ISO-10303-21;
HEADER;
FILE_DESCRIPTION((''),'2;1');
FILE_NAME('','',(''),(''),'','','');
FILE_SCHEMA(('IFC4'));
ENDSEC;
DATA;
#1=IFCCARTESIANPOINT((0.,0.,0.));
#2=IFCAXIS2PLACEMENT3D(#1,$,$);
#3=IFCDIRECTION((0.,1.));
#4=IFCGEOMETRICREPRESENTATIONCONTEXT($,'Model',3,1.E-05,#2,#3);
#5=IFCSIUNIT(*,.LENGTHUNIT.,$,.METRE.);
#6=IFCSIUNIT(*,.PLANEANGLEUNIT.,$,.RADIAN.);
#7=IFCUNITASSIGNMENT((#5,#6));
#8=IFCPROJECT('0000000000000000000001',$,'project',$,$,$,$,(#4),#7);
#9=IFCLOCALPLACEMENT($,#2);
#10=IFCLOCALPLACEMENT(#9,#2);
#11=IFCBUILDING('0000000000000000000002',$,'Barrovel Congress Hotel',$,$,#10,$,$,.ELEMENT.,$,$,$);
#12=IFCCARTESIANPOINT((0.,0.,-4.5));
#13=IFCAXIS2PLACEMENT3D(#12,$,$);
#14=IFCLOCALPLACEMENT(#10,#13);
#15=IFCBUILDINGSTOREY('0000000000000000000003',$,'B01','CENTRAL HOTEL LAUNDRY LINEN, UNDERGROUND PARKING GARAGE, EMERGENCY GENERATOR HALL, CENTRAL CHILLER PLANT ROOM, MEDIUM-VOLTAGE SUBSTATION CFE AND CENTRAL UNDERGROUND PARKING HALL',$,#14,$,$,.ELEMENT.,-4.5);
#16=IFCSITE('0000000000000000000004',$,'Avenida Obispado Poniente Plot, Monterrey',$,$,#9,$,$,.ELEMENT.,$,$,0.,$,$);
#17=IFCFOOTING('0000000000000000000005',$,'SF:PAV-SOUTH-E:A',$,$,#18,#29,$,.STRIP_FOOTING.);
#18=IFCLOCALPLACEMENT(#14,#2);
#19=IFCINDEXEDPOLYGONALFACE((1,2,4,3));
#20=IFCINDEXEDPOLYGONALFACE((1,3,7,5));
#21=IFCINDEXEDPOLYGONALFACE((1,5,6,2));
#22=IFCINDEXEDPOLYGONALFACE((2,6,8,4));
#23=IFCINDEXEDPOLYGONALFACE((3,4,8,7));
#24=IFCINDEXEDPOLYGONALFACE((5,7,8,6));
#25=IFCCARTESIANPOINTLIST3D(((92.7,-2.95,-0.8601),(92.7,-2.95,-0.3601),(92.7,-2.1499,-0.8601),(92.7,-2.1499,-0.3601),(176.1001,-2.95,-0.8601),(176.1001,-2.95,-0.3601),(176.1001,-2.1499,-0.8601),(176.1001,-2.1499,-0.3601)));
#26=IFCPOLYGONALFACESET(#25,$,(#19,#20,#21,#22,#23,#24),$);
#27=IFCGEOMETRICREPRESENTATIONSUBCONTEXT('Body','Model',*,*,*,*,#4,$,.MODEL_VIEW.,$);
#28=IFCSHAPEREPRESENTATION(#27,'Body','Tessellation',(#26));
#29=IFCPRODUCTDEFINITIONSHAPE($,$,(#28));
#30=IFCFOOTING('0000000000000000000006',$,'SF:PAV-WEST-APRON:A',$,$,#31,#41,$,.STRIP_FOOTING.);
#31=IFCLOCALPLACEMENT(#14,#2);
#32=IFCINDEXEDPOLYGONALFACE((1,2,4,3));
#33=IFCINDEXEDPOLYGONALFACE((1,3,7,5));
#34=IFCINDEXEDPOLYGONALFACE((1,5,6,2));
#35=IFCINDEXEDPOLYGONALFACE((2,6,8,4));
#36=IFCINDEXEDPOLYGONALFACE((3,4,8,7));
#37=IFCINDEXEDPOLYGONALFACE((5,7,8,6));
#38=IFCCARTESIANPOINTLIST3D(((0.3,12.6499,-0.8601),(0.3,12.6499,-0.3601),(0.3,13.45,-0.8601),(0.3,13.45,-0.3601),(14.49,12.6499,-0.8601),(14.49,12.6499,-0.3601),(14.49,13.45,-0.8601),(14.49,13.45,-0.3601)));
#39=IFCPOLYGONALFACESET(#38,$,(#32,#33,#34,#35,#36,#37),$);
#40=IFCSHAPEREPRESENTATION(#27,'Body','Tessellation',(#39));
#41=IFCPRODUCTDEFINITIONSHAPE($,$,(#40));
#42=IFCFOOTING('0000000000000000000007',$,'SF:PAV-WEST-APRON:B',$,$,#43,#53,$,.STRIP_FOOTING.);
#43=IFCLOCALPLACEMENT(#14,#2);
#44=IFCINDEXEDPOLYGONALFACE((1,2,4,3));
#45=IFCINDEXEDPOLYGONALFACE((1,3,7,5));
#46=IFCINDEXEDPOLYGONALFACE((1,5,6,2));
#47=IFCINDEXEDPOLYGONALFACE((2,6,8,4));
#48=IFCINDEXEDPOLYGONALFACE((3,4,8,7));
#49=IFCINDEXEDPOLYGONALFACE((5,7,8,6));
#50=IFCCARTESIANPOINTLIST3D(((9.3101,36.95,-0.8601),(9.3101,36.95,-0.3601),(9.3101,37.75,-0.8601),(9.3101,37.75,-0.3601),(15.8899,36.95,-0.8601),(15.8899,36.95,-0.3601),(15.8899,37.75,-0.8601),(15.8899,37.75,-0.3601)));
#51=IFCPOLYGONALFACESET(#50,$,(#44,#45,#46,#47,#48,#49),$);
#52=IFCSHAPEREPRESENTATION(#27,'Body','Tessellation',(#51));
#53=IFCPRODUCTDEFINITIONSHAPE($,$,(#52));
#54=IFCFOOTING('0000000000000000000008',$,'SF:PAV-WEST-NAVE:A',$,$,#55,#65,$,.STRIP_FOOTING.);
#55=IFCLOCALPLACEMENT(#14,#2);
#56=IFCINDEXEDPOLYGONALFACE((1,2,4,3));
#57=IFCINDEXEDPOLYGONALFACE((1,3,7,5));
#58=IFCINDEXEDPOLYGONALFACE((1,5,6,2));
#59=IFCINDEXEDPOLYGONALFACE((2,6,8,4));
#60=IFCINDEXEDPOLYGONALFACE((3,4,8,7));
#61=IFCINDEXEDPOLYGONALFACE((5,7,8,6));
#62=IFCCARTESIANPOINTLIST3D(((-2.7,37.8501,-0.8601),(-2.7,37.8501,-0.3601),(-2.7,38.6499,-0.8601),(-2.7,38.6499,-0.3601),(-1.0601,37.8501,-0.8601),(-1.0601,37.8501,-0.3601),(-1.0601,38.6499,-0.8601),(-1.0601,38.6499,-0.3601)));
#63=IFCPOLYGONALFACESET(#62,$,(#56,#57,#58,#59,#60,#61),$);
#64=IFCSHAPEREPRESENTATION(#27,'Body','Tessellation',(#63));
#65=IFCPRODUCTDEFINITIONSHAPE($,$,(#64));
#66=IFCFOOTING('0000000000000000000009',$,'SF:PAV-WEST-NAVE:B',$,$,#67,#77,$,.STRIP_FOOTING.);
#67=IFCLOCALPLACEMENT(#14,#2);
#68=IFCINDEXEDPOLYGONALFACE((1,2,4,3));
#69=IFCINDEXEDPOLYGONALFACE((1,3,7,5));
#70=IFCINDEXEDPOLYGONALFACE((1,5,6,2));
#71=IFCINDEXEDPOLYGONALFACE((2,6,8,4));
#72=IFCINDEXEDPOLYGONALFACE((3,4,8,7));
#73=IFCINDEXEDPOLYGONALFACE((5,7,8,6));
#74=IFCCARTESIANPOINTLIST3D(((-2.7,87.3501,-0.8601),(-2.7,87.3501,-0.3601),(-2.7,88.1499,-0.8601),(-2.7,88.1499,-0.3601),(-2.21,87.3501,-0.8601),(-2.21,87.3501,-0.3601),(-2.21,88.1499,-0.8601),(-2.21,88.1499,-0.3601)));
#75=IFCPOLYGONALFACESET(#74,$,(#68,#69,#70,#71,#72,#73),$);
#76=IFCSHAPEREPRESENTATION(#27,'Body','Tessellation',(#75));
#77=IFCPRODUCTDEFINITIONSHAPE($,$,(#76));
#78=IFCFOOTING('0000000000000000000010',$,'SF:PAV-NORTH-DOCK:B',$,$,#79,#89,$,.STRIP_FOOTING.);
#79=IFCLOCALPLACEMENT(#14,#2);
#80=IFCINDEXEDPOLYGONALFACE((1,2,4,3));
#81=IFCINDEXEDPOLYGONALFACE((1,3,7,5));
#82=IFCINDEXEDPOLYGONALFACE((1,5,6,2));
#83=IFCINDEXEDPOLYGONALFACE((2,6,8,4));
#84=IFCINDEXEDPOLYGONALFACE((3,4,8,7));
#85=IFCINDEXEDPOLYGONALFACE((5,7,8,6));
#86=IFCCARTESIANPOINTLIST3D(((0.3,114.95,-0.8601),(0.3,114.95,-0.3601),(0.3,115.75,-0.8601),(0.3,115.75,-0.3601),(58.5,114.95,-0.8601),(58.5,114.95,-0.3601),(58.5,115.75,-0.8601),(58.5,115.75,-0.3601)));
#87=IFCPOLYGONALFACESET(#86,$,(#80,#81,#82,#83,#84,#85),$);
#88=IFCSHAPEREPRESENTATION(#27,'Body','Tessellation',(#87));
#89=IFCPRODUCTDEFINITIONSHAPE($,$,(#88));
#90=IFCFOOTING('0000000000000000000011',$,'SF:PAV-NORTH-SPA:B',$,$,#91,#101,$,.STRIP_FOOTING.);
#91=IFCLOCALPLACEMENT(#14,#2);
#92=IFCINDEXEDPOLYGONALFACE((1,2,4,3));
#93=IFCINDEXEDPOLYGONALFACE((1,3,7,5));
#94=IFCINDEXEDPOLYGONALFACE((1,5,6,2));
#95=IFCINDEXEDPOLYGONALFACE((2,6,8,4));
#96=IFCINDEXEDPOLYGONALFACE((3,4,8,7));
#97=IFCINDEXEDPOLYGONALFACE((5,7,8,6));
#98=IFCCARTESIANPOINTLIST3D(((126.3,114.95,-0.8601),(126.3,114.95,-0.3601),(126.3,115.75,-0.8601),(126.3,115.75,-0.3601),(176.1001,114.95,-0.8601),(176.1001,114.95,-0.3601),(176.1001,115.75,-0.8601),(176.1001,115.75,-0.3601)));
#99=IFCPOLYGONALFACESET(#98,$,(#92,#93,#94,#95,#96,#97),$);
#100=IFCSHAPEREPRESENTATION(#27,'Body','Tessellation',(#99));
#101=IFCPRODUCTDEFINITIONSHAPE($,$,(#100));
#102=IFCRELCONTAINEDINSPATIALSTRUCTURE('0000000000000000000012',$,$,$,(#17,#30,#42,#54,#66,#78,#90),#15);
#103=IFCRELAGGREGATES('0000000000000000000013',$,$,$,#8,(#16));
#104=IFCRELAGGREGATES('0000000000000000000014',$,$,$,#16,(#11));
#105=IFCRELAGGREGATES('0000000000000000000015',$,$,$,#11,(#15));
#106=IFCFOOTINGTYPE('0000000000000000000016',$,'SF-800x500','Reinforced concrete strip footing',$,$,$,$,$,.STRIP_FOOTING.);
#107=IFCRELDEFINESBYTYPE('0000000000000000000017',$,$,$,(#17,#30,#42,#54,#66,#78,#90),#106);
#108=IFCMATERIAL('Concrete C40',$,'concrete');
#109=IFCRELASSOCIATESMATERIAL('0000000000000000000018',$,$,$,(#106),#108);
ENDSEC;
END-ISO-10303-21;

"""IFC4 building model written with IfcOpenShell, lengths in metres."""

from ifc_helpers import new_model, si_unit, direction, frame, origin, place, context, subcontext, project, spatial, polyline, outline, extrude, material, type_object, element, save


model = new_model("IFC4")

# Units and contexts
model_context = context("Model", 3, precision=1e-05, world=origin(), true_north=direction((0.0, 1.0)))
body_context = subcontext(model_context, "Body", "Model", "MODEL_VIEW")
ifc_project = project(units=[si_unit("LENGTHUNIT", "METRE"), si_unit("PLANEANGLEUNIT", "RADIAN")], contexts=[model_context])

# Site, building, storey
site_placement = place(None, origin())
site = spatial("IfcSite", under=ifc_project, at=site_placement, Name="Avenida Obispado Poniente Plot, Monterrey", CompositionType="ELEMENT", RefElevation=0.0)
building_placement = place(site_placement, origin())
building = spatial("IfcBuilding", under=site, at=building_placement, Name="Barrovel Congress Hotel", CompositionType="ELEMENT")
storey_placement = place(building_placement, frame((0.0, 0.0, -4.5)))
storey = spatial("IfcBuildingStorey", under=building, at=storey_placement, Name="B01", Description="CENTRAL HOTEL LAUNDRY LINEN, UNDERGROUND PARKING GARAGE, EMERGENCY GENERATOR HALL, CENTRAL CHILLER PLANT ROOM, MEDIUM-VOLTAGE SUBSTATION CFE AND CENTRAL UNDERGROUND PARKING HALL", CompositionType="ELEMENT", Elevation=-4.5)

# Footings
ifc_material = material(Name="Concrete C40", Category="concrete")
footing_type_1 = type_object("IfcFootingType", Name="SF-800x500", Description="Reinforced concrete strip footing", PredefinedType="STRIP_FOOTING", material=ifc_material)
footing_1_placement = place(storey_placement, frame((0.0, 0.0, -0.8601)))
element("IfcFooting", 1, at=footing_1_placement, inside=storey, type_object=footing_type_1, Name="SF:PAV-SOUTH-E:A", PredefinedType="STRIP_FOOTING", context=body_context, shape_type="SweptSolid", body=[
    extrude(outline(polyline([(92.7, -2.95), (176.1001, -2.95), (176.1001, -2.1499), (92.7, -2.1499), (92.7, -2.95)])), origin(), (0.0, 0.0, 1.0), 0.5),
])
footing_2_placement = place(storey_placement, frame((0.0, 0.0, -0.8601)))
element("IfcFooting", 2, at=footing_2_placement, inside=storey, type_object=footing_type_1, Name="SF:PAV-WEST-APRON:A", PredefinedType="STRIP_FOOTING", context=body_context, shape_type="SweptSolid", body=[
    extrude(outline(polyline([(0.3, 12.6499), (14.49, 12.6499), (14.49, 13.45), (0.3, 13.45), (0.3, 12.6499)])), origin(), (0.0, 0.0, 1.0), 0.5),
])
footing_3_placement = place(storey_placement, frame((0.0, 0.0, -0.8601)))
element("IfcFooting", 3, at=footing_3_placement, inside=storey, type_object=footing_type_1, Name="SF:PAV-WEST-APRON:B", PredefinedType="STRIP_FOOTING", context=body_context, shape_type="SweptSolid", body=[
    extrude(outline(polyline([(9.3101, 36.95), (15.8899, 36.95), (15.8899, 37.75), (9.3101, 37.75), (9.3101, 36.95)])), origin(), (0.0, 0.0, 1.0), 0.5),
])
footing_4_placement = place(storey_placement, frame((0.0, 0.0, -0.8601)))
element("IfcFooting", 4, at=footing_4_placement, inside=storey, type_object=footing_type_1, Name="SF:PAV-WEST-NAVE:A", PredefinedType="STRIP_FOOTING", context=body_context, shape_type="SweptSolid", body=[
    extrude(outline(polyline([(-2.7, 37.8501), (-1.0601, 37.8501), (-1.0601, 38.6499), (-2.7, 38.6499), (-2.7, 37.8501)])), origin(), (0.0, 0.0, 1.0), 0.5),
])
footing_5_placement = place(storey_placement, frame((0.0, 0.0, -0.8601)))
element("IfcFooting", 5, at=footing_5_placement, inside=storey, type_object=footing_type_1, Name="SF:PAV-WEST-NAVE:B", PredefinedType="STRIP_FOOTING", context=body_context, shape_type="SweptSolid", body=[
    extrude(outline(polyline([(-2.7, 87.3501), (-2.21, 87.3501), (-2.21, 88.1499), (-2.7, 88.1499), (-2.7, 87.3501)])), origin(), (0.0, 0.0, 1.0), 0.5),
])
footing_6_placement = place(storey_placement, frame((0.0, 0.0, -0.8601)))
element("IfcFooting", 6, at=footing_6_placement, inside=storey, type_object=footing_type_1, Name="SF:PAV-NORTH-DOCK:B", PredefinedType="STRIP_FOOTING", context=body_context, shape_type="SweptSolid", body=[
    extrude(outline(polyline([(0.3, 114.95), (58.5, 114.95), (58.5, 115.75), (0.3, 115.75), (0.3, 114.95)])), origin(), (0.0, 0.0, 1.0), 0.5),
])
footing_7_placement = place(storey_placement, frame((0.0, 0.0, -0.8601)))
element("IfcFooting", 7, at=footing_7_placement, inside=storey, type_object=footing_type_1, Name="SF:PAV-NORTH-SPA:B", PredefinedType="STRIP_FOOTING", context=body_context, shape_type="SweptSolid", body=[
    extrude(outline(polyline([(126.3, 114.95), (176.1001, 114.95), (176.1001, 115.75), (126.3, 115.75), (126.3, 114.95)])), origin(), (0.0, 0.0, 1.0), 0.5),
])

save(model, "model.ifc")
